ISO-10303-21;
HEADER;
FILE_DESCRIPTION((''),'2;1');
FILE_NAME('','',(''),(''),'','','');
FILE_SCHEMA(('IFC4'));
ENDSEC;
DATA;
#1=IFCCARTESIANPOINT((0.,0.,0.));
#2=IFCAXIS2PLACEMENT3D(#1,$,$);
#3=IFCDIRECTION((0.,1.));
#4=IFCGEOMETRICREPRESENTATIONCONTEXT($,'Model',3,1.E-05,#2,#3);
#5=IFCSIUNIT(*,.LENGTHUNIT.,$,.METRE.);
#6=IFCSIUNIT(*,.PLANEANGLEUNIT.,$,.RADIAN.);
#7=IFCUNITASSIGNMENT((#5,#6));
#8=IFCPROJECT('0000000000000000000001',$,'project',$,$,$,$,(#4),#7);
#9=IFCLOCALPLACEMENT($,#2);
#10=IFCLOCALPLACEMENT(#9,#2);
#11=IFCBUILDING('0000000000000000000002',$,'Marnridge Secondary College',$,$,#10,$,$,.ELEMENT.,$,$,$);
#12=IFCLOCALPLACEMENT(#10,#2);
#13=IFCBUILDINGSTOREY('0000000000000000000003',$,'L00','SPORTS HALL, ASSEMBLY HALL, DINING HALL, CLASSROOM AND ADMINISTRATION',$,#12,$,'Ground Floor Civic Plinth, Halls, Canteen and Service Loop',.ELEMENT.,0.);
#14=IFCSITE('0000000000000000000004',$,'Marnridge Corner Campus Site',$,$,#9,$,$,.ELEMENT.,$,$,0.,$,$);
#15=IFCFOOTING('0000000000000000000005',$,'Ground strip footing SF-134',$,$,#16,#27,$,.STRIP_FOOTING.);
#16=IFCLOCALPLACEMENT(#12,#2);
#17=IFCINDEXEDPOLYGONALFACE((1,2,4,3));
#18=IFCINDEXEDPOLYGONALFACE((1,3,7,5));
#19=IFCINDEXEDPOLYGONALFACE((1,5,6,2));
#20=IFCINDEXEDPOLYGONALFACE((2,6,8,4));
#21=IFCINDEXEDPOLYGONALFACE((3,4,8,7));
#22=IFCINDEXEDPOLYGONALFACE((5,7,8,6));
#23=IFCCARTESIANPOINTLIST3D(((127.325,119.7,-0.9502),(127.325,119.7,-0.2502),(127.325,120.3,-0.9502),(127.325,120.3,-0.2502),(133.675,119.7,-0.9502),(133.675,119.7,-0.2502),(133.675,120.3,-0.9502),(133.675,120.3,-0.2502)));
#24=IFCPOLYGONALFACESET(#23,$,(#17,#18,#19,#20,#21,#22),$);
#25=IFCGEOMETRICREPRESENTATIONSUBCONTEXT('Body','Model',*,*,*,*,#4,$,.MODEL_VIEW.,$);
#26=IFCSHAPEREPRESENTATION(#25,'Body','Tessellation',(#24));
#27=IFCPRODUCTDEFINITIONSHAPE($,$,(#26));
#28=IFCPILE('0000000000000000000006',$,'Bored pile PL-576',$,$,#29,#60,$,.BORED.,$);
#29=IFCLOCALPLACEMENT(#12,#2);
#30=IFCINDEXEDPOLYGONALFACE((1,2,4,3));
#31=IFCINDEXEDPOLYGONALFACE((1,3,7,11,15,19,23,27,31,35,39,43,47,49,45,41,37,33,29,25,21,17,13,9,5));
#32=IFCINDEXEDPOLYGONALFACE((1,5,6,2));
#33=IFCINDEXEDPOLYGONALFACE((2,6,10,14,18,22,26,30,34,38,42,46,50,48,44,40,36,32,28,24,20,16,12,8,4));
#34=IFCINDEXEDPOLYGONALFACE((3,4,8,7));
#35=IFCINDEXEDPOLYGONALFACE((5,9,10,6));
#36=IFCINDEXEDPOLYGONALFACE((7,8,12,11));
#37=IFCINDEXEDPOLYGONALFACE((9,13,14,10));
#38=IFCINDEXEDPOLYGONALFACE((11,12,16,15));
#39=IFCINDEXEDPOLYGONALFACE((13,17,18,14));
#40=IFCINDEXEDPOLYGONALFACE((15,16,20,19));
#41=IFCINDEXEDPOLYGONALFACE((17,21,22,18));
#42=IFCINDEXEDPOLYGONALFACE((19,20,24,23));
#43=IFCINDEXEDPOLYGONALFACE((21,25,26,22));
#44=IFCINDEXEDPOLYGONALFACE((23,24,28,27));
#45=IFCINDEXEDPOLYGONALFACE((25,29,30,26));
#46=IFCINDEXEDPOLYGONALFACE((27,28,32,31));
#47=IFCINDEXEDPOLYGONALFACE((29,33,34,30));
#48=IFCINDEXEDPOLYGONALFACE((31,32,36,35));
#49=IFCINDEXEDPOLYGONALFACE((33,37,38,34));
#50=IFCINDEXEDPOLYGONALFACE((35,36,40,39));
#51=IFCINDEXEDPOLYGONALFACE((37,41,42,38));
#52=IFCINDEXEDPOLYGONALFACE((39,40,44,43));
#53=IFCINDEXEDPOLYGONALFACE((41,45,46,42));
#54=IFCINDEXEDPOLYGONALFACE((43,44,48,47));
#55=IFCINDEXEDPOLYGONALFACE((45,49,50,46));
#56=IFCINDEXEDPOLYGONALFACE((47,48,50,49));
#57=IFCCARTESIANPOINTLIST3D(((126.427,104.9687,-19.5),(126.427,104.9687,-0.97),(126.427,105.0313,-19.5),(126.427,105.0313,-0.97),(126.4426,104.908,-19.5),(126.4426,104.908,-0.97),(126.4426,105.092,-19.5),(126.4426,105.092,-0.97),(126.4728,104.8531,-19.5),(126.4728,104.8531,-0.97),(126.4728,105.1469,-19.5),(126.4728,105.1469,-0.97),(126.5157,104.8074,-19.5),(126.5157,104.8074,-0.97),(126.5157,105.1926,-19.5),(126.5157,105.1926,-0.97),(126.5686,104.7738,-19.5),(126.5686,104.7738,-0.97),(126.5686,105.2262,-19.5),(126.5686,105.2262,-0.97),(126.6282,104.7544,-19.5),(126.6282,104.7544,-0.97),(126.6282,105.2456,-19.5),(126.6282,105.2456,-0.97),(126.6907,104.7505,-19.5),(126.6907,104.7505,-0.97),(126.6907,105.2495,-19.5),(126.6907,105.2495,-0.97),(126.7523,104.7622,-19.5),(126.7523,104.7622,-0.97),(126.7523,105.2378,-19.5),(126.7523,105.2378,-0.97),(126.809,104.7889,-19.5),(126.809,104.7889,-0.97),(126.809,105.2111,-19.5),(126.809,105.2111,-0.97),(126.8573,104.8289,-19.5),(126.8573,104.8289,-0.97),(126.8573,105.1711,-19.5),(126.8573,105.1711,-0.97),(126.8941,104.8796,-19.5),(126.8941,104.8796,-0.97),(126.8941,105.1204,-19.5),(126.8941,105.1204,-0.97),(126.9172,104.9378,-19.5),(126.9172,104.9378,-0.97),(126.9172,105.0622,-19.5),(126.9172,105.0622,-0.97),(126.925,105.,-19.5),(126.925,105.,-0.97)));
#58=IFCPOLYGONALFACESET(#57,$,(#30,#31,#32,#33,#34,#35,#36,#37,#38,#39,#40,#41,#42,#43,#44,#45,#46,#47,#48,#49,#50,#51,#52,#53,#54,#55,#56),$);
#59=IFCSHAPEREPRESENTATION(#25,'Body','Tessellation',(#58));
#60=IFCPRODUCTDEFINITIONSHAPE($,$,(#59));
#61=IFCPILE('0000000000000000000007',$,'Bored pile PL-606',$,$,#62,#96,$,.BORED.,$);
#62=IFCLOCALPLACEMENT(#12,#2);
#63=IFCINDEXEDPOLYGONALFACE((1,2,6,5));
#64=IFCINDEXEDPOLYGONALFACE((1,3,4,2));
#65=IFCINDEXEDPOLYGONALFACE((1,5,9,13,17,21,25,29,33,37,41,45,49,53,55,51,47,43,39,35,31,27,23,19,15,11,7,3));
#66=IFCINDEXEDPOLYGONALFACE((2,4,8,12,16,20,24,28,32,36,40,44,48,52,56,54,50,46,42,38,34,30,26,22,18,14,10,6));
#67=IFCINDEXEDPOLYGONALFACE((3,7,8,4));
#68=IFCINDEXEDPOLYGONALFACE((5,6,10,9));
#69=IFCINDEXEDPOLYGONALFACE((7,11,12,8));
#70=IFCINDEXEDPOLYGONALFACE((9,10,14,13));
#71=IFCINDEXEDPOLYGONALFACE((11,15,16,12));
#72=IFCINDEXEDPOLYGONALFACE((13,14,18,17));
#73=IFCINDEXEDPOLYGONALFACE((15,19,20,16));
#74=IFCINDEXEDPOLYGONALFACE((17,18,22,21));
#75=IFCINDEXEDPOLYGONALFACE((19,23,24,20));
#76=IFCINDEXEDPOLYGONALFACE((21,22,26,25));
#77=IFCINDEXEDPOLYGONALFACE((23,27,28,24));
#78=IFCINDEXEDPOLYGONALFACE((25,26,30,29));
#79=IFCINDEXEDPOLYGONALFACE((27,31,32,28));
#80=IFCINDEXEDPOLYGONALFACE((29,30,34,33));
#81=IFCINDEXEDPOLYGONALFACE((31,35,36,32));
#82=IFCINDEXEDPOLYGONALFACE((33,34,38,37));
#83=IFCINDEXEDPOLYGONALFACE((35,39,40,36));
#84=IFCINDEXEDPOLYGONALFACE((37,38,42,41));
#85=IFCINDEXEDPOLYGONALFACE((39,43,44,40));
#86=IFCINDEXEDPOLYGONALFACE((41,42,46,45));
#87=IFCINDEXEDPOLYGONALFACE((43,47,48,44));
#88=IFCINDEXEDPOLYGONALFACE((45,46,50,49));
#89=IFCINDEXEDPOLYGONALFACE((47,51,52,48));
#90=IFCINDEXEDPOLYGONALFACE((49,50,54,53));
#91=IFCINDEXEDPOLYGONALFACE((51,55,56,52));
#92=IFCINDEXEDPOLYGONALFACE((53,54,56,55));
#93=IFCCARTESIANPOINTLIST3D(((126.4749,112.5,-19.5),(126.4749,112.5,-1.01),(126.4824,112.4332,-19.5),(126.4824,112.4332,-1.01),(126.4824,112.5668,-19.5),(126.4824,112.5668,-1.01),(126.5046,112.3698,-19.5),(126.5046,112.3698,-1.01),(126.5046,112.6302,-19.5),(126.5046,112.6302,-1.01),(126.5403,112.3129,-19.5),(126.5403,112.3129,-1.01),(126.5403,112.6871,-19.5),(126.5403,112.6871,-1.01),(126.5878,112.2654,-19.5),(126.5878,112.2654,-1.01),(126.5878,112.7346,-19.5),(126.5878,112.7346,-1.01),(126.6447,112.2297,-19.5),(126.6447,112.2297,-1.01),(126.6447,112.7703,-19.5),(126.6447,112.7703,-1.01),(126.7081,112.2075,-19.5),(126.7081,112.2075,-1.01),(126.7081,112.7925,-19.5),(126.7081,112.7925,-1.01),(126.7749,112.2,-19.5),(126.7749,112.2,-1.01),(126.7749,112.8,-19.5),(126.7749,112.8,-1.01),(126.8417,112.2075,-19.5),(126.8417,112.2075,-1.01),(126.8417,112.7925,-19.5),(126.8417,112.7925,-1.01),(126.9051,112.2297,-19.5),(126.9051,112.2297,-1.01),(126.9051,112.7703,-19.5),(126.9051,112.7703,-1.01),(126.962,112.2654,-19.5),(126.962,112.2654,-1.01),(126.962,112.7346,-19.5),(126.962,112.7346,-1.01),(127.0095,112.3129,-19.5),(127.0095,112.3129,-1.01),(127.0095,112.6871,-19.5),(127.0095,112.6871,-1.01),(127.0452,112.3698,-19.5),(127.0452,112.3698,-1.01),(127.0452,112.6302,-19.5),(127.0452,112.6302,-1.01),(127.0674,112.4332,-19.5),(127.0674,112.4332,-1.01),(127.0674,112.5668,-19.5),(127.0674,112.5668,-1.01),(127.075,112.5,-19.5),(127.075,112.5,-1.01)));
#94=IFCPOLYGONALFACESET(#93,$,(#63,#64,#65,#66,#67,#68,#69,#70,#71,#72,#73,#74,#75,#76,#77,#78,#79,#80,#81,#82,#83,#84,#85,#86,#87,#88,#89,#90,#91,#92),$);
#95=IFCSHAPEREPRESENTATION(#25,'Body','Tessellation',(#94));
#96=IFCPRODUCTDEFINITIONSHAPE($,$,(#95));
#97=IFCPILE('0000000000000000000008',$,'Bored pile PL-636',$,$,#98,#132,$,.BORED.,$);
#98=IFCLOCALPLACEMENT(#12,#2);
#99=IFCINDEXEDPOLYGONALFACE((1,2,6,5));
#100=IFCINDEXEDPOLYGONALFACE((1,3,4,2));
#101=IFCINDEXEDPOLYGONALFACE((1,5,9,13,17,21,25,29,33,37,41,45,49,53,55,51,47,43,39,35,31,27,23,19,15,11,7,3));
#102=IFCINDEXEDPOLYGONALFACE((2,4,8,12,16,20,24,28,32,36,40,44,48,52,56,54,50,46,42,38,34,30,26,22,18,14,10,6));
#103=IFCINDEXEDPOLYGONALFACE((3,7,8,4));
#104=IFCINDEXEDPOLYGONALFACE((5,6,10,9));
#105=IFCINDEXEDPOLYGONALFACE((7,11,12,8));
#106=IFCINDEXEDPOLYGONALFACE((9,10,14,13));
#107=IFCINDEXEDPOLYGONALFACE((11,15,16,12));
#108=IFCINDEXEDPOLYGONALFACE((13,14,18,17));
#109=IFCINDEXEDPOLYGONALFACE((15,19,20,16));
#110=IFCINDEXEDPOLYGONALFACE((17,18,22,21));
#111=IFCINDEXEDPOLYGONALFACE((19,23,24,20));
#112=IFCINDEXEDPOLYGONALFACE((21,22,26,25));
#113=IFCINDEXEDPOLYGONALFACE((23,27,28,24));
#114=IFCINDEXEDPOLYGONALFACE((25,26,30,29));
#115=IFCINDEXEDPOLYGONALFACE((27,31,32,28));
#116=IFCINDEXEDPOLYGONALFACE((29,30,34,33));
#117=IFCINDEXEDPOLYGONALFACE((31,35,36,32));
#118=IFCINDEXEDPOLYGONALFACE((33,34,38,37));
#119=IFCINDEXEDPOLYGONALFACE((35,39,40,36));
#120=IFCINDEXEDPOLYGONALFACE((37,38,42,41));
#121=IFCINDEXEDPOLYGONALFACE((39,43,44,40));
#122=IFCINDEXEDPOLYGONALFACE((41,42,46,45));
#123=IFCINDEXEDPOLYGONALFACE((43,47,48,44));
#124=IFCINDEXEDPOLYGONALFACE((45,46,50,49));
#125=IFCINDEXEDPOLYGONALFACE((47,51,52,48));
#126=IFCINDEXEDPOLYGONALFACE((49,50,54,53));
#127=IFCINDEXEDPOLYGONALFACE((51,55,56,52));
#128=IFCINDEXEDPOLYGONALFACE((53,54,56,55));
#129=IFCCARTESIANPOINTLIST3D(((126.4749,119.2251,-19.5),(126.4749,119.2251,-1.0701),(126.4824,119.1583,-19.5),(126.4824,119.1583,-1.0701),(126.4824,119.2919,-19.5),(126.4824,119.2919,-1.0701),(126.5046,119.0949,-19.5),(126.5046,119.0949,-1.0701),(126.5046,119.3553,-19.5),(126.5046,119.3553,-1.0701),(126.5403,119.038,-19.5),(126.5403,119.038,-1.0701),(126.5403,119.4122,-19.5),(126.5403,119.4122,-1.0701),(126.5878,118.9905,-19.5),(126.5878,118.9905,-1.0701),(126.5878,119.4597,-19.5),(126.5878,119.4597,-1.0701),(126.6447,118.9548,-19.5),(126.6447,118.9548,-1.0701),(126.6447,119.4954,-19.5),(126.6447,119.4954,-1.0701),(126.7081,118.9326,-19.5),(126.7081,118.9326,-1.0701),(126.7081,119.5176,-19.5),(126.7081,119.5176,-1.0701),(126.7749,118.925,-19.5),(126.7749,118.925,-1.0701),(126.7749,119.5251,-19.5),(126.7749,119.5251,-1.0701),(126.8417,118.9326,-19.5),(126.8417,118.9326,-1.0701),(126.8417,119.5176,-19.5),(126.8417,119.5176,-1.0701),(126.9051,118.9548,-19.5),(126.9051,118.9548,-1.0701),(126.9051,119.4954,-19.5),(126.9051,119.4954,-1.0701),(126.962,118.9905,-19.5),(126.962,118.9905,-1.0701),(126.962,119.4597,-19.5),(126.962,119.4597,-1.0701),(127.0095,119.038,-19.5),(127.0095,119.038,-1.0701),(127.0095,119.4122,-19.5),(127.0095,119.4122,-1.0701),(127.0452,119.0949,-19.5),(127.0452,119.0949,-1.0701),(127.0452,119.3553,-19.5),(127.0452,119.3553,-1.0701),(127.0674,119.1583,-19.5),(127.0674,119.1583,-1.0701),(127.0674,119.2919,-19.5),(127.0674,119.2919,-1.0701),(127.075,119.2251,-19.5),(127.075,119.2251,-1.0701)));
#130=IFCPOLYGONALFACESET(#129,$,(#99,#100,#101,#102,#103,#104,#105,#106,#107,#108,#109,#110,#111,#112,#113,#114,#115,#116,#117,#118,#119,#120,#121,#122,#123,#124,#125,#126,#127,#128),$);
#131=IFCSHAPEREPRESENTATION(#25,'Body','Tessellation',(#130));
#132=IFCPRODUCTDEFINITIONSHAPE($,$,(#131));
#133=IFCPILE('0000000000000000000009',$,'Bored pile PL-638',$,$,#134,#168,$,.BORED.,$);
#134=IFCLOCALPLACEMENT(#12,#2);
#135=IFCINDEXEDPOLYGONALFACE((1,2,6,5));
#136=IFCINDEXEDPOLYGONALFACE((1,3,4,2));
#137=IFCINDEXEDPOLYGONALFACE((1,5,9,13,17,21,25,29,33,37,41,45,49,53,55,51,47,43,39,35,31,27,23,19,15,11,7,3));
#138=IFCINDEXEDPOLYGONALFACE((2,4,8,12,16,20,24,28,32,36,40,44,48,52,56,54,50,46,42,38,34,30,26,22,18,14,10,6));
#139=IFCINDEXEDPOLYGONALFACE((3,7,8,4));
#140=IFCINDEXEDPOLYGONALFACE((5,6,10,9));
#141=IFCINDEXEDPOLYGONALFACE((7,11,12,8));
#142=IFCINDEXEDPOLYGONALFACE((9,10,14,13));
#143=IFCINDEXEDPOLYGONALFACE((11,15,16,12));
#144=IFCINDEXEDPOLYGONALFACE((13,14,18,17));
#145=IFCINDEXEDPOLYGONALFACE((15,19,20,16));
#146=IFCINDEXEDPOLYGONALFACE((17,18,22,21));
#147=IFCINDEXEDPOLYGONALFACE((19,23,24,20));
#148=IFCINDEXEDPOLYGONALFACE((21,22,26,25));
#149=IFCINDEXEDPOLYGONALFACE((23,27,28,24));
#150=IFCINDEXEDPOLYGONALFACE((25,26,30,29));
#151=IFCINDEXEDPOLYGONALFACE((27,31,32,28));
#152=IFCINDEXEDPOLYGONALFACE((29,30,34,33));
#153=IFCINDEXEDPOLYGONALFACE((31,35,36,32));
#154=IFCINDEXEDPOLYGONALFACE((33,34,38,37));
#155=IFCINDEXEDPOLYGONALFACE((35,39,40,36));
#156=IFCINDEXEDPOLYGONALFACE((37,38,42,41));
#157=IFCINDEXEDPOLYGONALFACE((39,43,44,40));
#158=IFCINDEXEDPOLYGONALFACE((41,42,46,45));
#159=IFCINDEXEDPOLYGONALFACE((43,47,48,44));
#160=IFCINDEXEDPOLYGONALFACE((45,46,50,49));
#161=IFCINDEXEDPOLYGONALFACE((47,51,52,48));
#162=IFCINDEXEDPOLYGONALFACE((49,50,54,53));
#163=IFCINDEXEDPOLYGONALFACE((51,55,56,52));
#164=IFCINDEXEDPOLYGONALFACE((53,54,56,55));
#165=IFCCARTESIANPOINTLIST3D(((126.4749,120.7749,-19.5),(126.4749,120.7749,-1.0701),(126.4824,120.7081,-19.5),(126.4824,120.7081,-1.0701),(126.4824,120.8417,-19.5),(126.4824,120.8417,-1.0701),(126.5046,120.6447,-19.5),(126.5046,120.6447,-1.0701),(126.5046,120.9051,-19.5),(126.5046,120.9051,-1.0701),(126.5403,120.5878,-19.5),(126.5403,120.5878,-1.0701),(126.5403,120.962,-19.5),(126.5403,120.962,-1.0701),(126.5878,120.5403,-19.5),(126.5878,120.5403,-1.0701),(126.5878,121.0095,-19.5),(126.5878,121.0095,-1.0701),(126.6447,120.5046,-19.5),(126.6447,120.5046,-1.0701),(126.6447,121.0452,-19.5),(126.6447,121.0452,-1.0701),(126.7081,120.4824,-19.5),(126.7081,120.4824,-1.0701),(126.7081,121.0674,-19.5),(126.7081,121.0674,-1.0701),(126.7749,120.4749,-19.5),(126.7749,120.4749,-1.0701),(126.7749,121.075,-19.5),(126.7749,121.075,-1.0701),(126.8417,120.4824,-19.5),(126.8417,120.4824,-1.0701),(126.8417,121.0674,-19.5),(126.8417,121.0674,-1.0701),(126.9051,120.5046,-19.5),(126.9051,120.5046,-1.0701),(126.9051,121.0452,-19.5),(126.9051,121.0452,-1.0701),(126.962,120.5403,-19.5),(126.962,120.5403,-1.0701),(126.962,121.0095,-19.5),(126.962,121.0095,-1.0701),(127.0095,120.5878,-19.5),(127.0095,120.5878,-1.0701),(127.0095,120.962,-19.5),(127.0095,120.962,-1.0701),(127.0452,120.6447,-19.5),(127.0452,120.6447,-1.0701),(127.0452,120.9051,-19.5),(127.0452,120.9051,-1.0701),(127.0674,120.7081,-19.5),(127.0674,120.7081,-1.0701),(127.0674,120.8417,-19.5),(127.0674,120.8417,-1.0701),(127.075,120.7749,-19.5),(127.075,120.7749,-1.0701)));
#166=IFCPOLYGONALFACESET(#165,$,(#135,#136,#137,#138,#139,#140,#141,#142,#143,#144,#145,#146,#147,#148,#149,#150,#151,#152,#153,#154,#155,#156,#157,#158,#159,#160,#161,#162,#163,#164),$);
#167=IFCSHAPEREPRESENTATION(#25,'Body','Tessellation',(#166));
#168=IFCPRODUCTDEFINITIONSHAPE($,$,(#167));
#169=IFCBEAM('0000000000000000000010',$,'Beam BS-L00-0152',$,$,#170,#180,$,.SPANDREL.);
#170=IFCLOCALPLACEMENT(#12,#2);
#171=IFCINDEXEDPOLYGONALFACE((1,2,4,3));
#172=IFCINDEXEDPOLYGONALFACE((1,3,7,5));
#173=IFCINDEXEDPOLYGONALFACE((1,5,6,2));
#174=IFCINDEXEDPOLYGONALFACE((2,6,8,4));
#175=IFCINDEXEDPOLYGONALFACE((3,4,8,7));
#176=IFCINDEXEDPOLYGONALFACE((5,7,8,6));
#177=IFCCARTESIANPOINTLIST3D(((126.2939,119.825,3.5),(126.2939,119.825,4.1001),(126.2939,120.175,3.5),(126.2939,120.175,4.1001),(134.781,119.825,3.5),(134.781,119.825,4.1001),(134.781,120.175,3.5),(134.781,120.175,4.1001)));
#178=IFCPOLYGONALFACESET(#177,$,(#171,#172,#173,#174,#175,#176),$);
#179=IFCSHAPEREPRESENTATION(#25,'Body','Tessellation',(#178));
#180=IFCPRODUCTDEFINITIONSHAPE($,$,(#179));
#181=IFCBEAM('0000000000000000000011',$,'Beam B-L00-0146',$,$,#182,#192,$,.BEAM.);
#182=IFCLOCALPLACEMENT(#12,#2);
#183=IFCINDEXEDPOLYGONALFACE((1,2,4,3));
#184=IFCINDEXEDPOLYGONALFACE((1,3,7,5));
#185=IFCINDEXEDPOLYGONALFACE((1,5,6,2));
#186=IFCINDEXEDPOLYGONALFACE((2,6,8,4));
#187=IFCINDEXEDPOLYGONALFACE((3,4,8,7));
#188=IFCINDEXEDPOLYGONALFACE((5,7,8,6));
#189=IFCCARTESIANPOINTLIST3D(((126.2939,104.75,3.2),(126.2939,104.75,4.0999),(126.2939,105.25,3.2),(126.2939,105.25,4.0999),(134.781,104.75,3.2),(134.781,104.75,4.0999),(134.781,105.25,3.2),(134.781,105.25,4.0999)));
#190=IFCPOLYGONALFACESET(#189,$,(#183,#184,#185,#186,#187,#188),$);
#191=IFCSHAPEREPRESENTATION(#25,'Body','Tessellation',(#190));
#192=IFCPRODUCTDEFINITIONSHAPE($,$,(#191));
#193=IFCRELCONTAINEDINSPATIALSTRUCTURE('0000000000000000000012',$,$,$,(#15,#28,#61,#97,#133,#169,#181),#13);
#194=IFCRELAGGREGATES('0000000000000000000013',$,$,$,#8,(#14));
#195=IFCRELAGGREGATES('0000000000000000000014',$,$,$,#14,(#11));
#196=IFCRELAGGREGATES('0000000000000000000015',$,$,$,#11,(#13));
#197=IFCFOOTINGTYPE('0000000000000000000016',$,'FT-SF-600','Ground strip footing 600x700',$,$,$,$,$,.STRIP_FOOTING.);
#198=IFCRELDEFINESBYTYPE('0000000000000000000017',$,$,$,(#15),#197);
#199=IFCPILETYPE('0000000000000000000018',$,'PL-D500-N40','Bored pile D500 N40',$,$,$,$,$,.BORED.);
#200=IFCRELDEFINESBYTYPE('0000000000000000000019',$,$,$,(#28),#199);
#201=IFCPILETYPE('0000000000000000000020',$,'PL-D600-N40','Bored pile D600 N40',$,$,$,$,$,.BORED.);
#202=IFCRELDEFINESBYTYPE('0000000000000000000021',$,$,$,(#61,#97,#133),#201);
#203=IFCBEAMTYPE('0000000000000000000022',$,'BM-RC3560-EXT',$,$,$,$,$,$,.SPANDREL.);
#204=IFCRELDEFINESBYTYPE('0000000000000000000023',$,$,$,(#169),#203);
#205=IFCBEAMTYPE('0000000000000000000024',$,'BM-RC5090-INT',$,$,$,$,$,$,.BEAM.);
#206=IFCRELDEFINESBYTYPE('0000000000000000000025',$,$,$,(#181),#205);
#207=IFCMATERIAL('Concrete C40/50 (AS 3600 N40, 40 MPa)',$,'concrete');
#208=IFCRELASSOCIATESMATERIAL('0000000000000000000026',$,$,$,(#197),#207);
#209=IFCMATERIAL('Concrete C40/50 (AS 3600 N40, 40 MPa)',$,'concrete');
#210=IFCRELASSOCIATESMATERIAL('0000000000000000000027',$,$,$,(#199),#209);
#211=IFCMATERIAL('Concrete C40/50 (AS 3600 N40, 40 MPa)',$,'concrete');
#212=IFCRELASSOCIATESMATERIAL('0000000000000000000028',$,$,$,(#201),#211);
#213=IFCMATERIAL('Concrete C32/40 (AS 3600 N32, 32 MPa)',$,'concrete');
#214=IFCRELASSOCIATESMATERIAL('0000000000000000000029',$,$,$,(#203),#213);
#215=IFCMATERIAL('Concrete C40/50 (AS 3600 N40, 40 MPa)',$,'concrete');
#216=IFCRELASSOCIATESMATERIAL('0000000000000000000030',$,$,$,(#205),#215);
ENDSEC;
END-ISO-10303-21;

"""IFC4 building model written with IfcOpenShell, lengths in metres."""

from ifc_helpers import new_model, si_unit, direction, frame, origin, origin_2d, place, context, subcontext, project, spatial, rectangle, circle, extrude, material, material_profile, profile_set, type_object, element, save


model = new_model("IFC4")

# Units and contexts
model_context = context("Model", 3, precision=1e-05, world=origin(), true_north=direction((0.0, 1.0)))
body_context = subcontext(model_context, "Body", "Model", "MODEL_VIEW")
ifc_project = project(units=[si_unit("LENGTHUNIT", "METRE"), si_unit("PLANEANGLEUNIT", "RADIAN")], contexts=[model_context])

# Site, building, storey
site_placement = place(None, origin())
site = spatial("IfcSite", under=ifc_project, at=site_placement, Name="Marnridge Corner Campus Site", CompositionType="ELEMENT", RefElevation=0.0)
building_placement = place(site_placement, origin())
building = spatial("IfcBuilding", under=site, at=building_placement, Name="Marnridge Secondary College", CompositionType="ELEMENT")
storey_placement = place(building_placement, origin())
storey = spatial("IfcBuildingStorey", under=building, at=storey_placement, Name="L00", Description="SPORTS HALL, ASSEMBLY HALL, DINING HALL, CLASSROOM AND ADMINISTRATION", LongName="Ground Floor Civic Plinth, Halls, Canteen and Service Loop", CompositionType="ELEMENT", Elevation=0.0)

# Footing
ifc_material_1 = material(Name="Concrete C40/50 (AS 3600 N40, 40 MPa)", Category="concrete")
footing_type = type_object("IfcFootingType", Name="FT-SF-600", Description="Ground strip footing 600x700", PredefinedType="STRIP_FOOTING", material=ifc_material_1)
footing_placement = place(storey_placement, frame((130.5, 120.0, -0.9502), z_axis=(0.0, 0.0, 1.0), x_axis=(1.0, 0.0, 0.0)))
element("IfcFooting", 1, at=footing_placement, inside=storey, type_object=footing_type, Name="Ground strip footing SF-134", PredefinedType="STRIP_FOOTING", context=body_context, shape_type="SweptSolid", body=[
    extrude(rectangle(XDim=6.3501, YDim=0.6001, at=origin_2d()), origin(), (0.0, 0.0, 1.0), 0.7),
])

# Piles
ifc_material_2 = material(Name="Concrete C40/50 (AS 3600 N40, 40 MPa)", Category="concrete")
ifc_material_profile_1 = material_profile(ifc_material_2, circle(Radius=0.25, at=origin_2d()), Name="PILE D500")
ifc_profile_set_1 = profile_set([ifc_material_profile_1], Name="Concrete C40/50 (AS 3600 N40, 40 MPa)")
pile_type_1 = type_object("IfcPileType", Name="PL-D500-N40", Description="Bored pile D500 N40", PredefinedType="BORED", material=ifc_profile_set_1)
pile_1_placement = place(storey_placement, frame((126.675, 105.0, -0.97), z_axis=(0.0, 0.0, -1.0), x_axis=(1.0, 0.0, 0.0)))
element("IfcPile", 2, at=pile_1_placement, inside=storey, type_object=pile_type_1, Name="Bored pile PL-576", PredefinedType="BORED", context=body_context, shape_type="SweptSolid", body=[
    extrude(circle(Radius=0.25, at=origin_2d()), origin(), (0.0, 0.0, 1.0), 18.53),
])
ifc_material_3 = material(Name="Concrete C40/50 (AS 3600 N40, 40 MPa)", Category="concrete")
ifc_material_profile_2 = material_profile(ifc_material_3, circle(Radius=0.3, at=origin_2d()), Name="PILE D600")
ifc_profile_set_2 = profile_set([ifc_material_profile_2], Name="Concrete C40/50 (AS 3600 N40, 40 MPa)")
pile_type_2 = type_object("IfcPileType", Name="PL-D600-N40", Description="Bored pile D600 N40", PredefinedType="BORED", material=ifc_profile_set_2)
pile_2_placement = place(storey_placement, frame((126.7749, 112.5, -1.01), z_axis=(0.0, 0.0, -1.0), x_axis=(1.0, 0.0, 0.0)))
element("IfcPile", 3, at=pile_2_placement, inside=storey, type_object=pile_type_2, Name="Bored pile PL-606", PredefinedType="BORED", context=body_context, shape_type="SweptSolid", body=[
    extrude(circle(Radius=0.3, at=origin_2d()), origin(), (0.0, 0.0, 1.0), 18.49),
])
for number, where, z_axis, x_axis, name in (
    (4, (126.7749, 119.2251, -1.0701), (0.0, 0.0, -1.0), (1.0, 0.0, 0.0), "Bored pile PL-636"),
    (5, (126.7749, 120.7749, -1.0701), (0.0, 0.0, -1.0), (1.0, 0.0, 0.0), "Bored pile PL-638"),
):
    element("IfcPile", number, at=place(storey_placement, frame(where, z_axis=z_axis, x_axis=x_axis)), inside=storey, type_object=pile_type_2, Name=name, PredefinedType="BORED", context=body_context, shape_type="SweptSolid", body=[
        extrude(circle(Radius=0.3, at=origin_2d()), origin(), (0.0, 0.0, 1.0), 18.4299),
    ])

# Beams
ifc_material_4 = material(Name="Concrete C32/40 (AS 3600 N32, 32 MPa)", Category="concrete")
ifc_material_profile_3 = material_profile(ifc_material_4, rectangle(XDim=0.3501, YDim=0.6001, at=origin_2d()), Name="RC 350x600")
ifc_profile_set_3 = profile_set([ifc_material_profile_3], Name="Concrete C32/40 (AS 3600 N32, 32 MPa)")
beam_type_1 = type_object("IfcBeamType", Name="BM-RC3560-EXT", PredefinedType="SPANDREL", material=ifc_profile_set_3)
beam_1_placement = place(storey_placement, frame((126.2939, 120.0, 3.8), z_axis=(1.0, 0.0, 0.0), x_axis=(0.0, 1.0, 0.0)))
element("IfcBeam", 6, at=beam_1_placement, inside=storey, type_object=beam_type_1, Name="Beam BS-L00-0152", PredefinedType="SPANDREL", context=body_context, shape_type="SweptSolid", body=[
    extrude(rectangle(XDim=0.3501, YDim=0.6001, at=origin_2d()), origin(), (0.0, 0.0, 1.0), 8.4871),
])
ifc_material_5 = material(Name="Concrete C40/50 (AS 3600 N40, 40 MPa)", Category="concrete")
ifc_material_profile_4 = material_profile(ifc_material_5, rectangle(XDim=0.5, YDim=0.8999, at=origin_2d()), Name="RC 500x900")
ifc_profile_set_4 = profile_set([ifc_material_profile_4], Name="Concrete C40/50 (AS 3600 N40, 40 MPa)")
beam_type_2 = type_object("IfcBeamType", Name="BM-RC5090-INT", PredefinedType="BEAM", material=ifc_profile_set_4)
for number, where, z_axis, x_axis, name in (
    (7, (126.2939, 105.0, 3.6499), (1.0, 0.0, 0.0), (0.0, 1.0, 0.0), "Beam B-L00-0146"),
):
    element("IfcBeam", number, at=place(storey_placement, frame(where, z_axis=z_axis, x_axis=x_axis)), inside=storey, type_object=beam_type_2, Name=name, PredefinedType="BEAM", context=body_context, shape_type="SweptSolid", body=[
        extrude(rectangle(XDim=0.5, YDim=0.8999, at=origin_2d()), origin(), (0.0, 0.0, 1.0), 8.4871),
    ])

save(model, "model.ifc")
